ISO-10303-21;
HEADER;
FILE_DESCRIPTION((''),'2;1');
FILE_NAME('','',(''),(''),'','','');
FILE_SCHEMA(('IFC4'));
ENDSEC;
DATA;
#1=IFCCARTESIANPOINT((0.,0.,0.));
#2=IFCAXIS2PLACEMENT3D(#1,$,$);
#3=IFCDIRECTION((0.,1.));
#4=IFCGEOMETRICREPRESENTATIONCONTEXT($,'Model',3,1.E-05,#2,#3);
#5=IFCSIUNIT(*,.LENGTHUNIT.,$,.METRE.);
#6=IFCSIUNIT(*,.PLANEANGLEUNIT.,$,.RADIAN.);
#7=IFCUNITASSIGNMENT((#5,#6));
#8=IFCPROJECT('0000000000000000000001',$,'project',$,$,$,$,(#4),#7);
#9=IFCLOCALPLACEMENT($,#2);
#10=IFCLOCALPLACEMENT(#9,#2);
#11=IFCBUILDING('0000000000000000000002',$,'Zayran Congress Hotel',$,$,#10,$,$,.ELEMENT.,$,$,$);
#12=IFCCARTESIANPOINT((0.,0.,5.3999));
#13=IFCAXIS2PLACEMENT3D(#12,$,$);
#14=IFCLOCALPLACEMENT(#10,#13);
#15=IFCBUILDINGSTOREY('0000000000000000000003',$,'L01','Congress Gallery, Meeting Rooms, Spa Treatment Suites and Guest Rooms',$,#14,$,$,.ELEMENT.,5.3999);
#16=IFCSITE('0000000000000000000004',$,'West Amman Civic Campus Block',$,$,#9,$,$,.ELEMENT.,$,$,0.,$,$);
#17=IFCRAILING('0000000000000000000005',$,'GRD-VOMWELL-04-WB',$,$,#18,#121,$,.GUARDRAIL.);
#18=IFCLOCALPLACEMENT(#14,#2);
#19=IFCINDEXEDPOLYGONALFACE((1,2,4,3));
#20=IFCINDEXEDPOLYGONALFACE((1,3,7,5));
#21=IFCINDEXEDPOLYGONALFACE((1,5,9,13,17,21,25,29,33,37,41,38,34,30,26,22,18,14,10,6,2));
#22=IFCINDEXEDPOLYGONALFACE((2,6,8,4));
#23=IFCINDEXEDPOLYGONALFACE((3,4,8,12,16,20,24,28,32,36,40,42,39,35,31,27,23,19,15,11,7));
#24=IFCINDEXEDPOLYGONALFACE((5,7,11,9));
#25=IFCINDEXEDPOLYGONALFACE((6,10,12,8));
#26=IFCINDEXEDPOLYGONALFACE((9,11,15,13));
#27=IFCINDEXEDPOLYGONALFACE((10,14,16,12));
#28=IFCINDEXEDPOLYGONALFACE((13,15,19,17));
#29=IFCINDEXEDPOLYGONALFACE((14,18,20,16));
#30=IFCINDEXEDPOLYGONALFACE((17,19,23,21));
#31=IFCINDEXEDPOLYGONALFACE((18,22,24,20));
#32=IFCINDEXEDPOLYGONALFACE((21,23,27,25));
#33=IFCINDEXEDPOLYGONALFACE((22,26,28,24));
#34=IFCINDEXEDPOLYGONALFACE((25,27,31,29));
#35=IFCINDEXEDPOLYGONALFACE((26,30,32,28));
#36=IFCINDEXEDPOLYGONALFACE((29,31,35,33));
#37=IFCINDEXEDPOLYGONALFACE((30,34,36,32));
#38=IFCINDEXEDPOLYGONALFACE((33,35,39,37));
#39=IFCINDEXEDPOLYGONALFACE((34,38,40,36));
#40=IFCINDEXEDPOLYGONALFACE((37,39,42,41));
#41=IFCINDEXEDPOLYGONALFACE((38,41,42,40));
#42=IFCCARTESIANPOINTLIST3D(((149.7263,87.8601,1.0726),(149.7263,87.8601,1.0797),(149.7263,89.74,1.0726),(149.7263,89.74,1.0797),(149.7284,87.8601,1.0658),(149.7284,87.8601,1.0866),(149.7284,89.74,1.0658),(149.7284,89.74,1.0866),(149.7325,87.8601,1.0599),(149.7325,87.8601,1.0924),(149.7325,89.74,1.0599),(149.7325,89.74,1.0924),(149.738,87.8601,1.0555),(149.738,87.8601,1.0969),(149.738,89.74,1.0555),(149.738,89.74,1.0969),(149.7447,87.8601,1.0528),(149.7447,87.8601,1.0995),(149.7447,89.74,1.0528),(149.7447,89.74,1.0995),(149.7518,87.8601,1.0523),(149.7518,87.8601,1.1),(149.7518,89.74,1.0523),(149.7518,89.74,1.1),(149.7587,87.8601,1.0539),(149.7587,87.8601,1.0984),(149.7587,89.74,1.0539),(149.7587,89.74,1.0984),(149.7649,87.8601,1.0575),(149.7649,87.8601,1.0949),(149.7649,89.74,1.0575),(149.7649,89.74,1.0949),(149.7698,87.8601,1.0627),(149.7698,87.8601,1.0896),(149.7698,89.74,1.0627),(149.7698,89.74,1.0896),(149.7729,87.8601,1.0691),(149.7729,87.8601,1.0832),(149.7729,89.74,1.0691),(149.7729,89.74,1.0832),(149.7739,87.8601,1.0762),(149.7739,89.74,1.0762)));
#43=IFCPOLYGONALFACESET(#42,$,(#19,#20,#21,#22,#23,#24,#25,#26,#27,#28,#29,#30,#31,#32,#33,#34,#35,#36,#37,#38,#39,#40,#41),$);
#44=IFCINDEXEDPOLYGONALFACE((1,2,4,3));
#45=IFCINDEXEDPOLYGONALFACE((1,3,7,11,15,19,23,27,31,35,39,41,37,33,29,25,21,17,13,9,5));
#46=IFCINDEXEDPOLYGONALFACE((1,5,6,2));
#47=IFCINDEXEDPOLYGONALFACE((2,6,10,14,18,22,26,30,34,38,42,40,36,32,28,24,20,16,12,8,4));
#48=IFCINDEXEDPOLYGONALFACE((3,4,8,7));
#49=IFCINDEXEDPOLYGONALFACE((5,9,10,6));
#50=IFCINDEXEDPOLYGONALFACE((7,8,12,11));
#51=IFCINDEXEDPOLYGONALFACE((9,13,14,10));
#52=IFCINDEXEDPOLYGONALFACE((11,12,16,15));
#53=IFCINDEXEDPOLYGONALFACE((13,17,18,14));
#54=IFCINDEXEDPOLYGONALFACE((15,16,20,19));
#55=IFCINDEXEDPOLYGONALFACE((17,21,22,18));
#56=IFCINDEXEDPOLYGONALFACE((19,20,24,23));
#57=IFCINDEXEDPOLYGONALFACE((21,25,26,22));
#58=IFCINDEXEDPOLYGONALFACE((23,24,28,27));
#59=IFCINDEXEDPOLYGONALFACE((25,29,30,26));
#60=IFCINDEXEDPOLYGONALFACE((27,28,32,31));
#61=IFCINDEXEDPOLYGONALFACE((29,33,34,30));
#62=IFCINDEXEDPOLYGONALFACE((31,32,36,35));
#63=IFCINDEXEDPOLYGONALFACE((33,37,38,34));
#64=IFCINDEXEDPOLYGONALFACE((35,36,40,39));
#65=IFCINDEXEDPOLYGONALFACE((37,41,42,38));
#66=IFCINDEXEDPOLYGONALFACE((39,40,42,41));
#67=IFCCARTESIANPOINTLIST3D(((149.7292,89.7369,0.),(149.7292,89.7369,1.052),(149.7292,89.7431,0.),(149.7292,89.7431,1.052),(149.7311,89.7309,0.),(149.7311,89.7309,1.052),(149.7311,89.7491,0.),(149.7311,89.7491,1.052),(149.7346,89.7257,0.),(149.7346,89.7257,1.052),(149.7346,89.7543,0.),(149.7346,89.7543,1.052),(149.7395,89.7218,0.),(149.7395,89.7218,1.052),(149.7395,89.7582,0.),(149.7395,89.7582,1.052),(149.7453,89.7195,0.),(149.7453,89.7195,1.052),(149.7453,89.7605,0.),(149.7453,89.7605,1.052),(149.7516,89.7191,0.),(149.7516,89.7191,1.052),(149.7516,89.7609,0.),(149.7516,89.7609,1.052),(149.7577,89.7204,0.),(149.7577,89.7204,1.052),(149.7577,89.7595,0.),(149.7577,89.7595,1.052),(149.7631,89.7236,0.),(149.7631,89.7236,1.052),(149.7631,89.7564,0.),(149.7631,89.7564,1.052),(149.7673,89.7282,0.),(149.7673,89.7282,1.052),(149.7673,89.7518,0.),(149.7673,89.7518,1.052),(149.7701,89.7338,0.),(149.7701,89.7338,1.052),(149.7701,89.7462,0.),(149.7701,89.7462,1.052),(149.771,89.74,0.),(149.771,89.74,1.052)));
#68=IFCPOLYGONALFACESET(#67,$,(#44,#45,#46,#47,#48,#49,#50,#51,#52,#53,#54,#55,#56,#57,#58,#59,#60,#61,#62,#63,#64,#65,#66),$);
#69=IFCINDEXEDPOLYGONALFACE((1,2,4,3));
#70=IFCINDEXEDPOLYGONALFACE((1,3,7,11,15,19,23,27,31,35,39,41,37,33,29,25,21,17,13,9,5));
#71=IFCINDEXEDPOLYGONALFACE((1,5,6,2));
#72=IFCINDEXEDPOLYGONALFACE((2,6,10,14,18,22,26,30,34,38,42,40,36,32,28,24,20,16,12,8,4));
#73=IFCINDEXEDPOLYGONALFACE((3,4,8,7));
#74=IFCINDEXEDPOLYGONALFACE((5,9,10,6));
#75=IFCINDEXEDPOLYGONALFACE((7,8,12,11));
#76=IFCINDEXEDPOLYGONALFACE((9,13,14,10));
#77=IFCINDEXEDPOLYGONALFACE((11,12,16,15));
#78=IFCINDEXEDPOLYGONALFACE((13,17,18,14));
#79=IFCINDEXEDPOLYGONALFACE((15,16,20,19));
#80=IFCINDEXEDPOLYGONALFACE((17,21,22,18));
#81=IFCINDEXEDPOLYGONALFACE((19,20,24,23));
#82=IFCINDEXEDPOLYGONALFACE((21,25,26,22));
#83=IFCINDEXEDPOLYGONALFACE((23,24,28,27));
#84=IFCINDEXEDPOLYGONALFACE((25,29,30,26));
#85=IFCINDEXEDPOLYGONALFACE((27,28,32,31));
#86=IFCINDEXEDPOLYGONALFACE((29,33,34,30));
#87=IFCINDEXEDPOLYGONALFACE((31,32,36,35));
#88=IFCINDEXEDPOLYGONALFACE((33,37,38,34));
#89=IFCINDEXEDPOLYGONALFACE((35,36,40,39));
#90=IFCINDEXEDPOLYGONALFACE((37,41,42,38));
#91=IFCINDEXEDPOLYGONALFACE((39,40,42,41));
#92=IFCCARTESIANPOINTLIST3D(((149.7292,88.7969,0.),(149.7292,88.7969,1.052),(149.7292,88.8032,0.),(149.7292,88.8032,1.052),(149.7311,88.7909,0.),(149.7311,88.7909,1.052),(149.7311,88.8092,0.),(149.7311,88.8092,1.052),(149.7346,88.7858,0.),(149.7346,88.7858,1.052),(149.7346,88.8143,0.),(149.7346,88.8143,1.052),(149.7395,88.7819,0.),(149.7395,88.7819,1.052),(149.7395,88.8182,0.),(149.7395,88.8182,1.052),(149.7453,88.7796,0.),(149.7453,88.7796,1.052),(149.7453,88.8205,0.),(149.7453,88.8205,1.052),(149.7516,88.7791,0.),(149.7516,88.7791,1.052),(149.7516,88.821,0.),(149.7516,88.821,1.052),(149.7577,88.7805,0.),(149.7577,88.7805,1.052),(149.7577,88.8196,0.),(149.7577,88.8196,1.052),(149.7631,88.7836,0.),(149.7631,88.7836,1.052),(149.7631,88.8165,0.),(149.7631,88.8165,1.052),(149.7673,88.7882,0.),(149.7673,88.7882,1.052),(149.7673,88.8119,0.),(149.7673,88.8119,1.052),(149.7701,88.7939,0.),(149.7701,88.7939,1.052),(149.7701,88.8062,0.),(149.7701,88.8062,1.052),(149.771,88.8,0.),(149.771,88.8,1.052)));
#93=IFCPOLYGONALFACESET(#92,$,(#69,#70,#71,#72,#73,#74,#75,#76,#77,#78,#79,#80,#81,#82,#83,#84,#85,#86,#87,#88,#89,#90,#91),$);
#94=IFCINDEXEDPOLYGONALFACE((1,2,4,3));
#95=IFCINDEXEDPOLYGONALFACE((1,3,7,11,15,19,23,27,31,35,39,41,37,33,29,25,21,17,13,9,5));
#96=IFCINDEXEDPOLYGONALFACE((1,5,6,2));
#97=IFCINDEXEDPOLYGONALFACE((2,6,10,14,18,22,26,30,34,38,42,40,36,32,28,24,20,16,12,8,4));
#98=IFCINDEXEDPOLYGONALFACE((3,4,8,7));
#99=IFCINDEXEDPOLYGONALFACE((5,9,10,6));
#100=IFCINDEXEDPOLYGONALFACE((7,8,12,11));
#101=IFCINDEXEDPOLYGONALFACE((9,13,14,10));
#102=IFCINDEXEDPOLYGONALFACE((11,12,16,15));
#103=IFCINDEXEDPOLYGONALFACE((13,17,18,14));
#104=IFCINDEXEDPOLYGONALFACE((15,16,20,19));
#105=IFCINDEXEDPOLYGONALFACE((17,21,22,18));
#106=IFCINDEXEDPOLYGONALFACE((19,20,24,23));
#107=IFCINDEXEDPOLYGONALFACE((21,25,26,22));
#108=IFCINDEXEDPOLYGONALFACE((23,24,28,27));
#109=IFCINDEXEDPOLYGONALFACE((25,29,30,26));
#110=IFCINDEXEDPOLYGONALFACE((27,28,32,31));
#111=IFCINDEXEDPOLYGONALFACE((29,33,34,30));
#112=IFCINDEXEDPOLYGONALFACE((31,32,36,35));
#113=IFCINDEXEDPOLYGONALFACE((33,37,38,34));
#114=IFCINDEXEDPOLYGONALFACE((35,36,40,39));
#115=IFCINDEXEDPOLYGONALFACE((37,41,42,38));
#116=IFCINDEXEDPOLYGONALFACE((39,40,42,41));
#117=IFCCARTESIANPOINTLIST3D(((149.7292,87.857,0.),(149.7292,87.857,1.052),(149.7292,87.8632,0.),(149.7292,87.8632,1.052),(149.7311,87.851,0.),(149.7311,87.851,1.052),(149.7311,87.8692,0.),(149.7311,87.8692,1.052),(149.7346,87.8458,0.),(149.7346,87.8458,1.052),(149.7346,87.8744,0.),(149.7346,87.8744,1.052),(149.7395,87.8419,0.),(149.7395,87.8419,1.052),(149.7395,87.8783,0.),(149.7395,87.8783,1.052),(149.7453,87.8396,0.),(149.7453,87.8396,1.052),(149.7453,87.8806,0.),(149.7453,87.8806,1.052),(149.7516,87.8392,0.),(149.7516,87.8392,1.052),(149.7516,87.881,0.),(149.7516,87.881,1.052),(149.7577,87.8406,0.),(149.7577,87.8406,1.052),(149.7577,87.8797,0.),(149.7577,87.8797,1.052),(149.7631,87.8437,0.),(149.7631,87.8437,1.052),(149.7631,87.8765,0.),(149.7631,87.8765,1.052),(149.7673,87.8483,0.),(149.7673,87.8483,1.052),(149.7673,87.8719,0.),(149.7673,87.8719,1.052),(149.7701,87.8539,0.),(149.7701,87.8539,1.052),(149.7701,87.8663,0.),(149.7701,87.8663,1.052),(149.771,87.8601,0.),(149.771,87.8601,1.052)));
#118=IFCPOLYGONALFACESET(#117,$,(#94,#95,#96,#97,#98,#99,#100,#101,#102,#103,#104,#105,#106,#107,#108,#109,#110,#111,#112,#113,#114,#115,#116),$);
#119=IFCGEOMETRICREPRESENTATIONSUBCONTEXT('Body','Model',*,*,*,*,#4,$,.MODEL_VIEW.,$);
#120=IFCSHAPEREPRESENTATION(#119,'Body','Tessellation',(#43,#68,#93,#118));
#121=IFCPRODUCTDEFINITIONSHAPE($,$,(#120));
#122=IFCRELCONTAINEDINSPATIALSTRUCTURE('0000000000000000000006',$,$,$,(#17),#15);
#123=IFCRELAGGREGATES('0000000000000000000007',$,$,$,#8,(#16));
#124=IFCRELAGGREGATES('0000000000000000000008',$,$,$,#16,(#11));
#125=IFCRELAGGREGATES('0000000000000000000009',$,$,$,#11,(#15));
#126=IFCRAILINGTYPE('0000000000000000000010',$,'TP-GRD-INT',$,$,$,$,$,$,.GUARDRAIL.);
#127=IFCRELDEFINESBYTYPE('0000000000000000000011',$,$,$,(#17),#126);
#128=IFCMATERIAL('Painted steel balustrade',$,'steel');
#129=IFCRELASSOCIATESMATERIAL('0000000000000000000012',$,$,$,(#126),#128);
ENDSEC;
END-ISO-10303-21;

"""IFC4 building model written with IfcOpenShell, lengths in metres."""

from ifc_helpers import new_model, si_unit, direction, frame, origin, origin_2d, place, context, subcontext, project, spatial, circle, extrude, material, type_object, element, save


model = new_model("IFC4")

# Units and contexts
model_context = context("Model", 3, precision=1e-05, world=origin(), true_north=direction((0.0, 1.0)))
body_context = subcontext(model_context, "Body", "Model", "MODEL_VIEW")
ifc_project = project(units=[si_unit("LENGTHUNIT", "METRE"), si_unit("PLANEANGLEUNIT", "RADIAN")], contexts=[model_context])

# Site, building, storey
site_placement = place(None, origin())
site = spatial("IfcSite", under=ifc_project, at=site_placement, Name="West Amman Civic Campus Block", CompositionType="ELEMENT", RefElevation=0.0)
building_placement = place(site_placement, origin())
building = spatial("IfcBuilding", under=site, at=building_placement, Name="Zayran Congress Hotel", CompositionType="ELEMENT")
storey_placement = place(building_placement, frame((0.0, 0.0, 5.3999)))
storey = spatial("IfcBuildingStorey", under=building, at=storey_placement, Name="L01", Description="Congress Gallery, Meeting Rooms, Spa Treatment Suites and Guest Rooms", CompositionType="ELEMENT", Elevation=5.3999)

# Railing
ifc_material_1 = material(Name="Painted steel balustrade", Category="steel")
railing_type = type_object("IfcRailingType", Name="TP-GRD-INT", PredefinedType="GUARDRAIL", material=ifc_material_1)
railing_placement = place(storey_placement, frame((149.75, 89.74, 0.0)))
element("IfcRailing", 1, at=railing_placement, inside=storey, type_object=railing_type, Name="GRD-VOMWELL-04-WB", PredefinedType="GUARDRAIL", context=body_context, shape_type="SweptSolid", body=[
    extrude(circle(Radius=0.0239, at=origin_2d()), frame((0.0, 0.0, 1.0762), z_axis=(0.0, -1.0, 0.0), x_axis=(1.0, 0.0, 0.0)), (0.0, 0.0, 1.0), 1.8799),
    extrude(circle(Radius=0.021, at=origin_2d()), origin(), (0.0, 0.0, 1.0), 1.052),
    extrude(circle(Radius=0.021, at=origin_2d()), frame((0.0, -0.9399, 0.0)), (0.0, 0.0, 1.0), 1.052),
    extrude(circle(Radius=0.021, at=origin_2d()), frame((0.0, -1.8799, 0.0)), (0.0, 0.0, 1.0), 1.052),
])

save(model, "model.ifc")
